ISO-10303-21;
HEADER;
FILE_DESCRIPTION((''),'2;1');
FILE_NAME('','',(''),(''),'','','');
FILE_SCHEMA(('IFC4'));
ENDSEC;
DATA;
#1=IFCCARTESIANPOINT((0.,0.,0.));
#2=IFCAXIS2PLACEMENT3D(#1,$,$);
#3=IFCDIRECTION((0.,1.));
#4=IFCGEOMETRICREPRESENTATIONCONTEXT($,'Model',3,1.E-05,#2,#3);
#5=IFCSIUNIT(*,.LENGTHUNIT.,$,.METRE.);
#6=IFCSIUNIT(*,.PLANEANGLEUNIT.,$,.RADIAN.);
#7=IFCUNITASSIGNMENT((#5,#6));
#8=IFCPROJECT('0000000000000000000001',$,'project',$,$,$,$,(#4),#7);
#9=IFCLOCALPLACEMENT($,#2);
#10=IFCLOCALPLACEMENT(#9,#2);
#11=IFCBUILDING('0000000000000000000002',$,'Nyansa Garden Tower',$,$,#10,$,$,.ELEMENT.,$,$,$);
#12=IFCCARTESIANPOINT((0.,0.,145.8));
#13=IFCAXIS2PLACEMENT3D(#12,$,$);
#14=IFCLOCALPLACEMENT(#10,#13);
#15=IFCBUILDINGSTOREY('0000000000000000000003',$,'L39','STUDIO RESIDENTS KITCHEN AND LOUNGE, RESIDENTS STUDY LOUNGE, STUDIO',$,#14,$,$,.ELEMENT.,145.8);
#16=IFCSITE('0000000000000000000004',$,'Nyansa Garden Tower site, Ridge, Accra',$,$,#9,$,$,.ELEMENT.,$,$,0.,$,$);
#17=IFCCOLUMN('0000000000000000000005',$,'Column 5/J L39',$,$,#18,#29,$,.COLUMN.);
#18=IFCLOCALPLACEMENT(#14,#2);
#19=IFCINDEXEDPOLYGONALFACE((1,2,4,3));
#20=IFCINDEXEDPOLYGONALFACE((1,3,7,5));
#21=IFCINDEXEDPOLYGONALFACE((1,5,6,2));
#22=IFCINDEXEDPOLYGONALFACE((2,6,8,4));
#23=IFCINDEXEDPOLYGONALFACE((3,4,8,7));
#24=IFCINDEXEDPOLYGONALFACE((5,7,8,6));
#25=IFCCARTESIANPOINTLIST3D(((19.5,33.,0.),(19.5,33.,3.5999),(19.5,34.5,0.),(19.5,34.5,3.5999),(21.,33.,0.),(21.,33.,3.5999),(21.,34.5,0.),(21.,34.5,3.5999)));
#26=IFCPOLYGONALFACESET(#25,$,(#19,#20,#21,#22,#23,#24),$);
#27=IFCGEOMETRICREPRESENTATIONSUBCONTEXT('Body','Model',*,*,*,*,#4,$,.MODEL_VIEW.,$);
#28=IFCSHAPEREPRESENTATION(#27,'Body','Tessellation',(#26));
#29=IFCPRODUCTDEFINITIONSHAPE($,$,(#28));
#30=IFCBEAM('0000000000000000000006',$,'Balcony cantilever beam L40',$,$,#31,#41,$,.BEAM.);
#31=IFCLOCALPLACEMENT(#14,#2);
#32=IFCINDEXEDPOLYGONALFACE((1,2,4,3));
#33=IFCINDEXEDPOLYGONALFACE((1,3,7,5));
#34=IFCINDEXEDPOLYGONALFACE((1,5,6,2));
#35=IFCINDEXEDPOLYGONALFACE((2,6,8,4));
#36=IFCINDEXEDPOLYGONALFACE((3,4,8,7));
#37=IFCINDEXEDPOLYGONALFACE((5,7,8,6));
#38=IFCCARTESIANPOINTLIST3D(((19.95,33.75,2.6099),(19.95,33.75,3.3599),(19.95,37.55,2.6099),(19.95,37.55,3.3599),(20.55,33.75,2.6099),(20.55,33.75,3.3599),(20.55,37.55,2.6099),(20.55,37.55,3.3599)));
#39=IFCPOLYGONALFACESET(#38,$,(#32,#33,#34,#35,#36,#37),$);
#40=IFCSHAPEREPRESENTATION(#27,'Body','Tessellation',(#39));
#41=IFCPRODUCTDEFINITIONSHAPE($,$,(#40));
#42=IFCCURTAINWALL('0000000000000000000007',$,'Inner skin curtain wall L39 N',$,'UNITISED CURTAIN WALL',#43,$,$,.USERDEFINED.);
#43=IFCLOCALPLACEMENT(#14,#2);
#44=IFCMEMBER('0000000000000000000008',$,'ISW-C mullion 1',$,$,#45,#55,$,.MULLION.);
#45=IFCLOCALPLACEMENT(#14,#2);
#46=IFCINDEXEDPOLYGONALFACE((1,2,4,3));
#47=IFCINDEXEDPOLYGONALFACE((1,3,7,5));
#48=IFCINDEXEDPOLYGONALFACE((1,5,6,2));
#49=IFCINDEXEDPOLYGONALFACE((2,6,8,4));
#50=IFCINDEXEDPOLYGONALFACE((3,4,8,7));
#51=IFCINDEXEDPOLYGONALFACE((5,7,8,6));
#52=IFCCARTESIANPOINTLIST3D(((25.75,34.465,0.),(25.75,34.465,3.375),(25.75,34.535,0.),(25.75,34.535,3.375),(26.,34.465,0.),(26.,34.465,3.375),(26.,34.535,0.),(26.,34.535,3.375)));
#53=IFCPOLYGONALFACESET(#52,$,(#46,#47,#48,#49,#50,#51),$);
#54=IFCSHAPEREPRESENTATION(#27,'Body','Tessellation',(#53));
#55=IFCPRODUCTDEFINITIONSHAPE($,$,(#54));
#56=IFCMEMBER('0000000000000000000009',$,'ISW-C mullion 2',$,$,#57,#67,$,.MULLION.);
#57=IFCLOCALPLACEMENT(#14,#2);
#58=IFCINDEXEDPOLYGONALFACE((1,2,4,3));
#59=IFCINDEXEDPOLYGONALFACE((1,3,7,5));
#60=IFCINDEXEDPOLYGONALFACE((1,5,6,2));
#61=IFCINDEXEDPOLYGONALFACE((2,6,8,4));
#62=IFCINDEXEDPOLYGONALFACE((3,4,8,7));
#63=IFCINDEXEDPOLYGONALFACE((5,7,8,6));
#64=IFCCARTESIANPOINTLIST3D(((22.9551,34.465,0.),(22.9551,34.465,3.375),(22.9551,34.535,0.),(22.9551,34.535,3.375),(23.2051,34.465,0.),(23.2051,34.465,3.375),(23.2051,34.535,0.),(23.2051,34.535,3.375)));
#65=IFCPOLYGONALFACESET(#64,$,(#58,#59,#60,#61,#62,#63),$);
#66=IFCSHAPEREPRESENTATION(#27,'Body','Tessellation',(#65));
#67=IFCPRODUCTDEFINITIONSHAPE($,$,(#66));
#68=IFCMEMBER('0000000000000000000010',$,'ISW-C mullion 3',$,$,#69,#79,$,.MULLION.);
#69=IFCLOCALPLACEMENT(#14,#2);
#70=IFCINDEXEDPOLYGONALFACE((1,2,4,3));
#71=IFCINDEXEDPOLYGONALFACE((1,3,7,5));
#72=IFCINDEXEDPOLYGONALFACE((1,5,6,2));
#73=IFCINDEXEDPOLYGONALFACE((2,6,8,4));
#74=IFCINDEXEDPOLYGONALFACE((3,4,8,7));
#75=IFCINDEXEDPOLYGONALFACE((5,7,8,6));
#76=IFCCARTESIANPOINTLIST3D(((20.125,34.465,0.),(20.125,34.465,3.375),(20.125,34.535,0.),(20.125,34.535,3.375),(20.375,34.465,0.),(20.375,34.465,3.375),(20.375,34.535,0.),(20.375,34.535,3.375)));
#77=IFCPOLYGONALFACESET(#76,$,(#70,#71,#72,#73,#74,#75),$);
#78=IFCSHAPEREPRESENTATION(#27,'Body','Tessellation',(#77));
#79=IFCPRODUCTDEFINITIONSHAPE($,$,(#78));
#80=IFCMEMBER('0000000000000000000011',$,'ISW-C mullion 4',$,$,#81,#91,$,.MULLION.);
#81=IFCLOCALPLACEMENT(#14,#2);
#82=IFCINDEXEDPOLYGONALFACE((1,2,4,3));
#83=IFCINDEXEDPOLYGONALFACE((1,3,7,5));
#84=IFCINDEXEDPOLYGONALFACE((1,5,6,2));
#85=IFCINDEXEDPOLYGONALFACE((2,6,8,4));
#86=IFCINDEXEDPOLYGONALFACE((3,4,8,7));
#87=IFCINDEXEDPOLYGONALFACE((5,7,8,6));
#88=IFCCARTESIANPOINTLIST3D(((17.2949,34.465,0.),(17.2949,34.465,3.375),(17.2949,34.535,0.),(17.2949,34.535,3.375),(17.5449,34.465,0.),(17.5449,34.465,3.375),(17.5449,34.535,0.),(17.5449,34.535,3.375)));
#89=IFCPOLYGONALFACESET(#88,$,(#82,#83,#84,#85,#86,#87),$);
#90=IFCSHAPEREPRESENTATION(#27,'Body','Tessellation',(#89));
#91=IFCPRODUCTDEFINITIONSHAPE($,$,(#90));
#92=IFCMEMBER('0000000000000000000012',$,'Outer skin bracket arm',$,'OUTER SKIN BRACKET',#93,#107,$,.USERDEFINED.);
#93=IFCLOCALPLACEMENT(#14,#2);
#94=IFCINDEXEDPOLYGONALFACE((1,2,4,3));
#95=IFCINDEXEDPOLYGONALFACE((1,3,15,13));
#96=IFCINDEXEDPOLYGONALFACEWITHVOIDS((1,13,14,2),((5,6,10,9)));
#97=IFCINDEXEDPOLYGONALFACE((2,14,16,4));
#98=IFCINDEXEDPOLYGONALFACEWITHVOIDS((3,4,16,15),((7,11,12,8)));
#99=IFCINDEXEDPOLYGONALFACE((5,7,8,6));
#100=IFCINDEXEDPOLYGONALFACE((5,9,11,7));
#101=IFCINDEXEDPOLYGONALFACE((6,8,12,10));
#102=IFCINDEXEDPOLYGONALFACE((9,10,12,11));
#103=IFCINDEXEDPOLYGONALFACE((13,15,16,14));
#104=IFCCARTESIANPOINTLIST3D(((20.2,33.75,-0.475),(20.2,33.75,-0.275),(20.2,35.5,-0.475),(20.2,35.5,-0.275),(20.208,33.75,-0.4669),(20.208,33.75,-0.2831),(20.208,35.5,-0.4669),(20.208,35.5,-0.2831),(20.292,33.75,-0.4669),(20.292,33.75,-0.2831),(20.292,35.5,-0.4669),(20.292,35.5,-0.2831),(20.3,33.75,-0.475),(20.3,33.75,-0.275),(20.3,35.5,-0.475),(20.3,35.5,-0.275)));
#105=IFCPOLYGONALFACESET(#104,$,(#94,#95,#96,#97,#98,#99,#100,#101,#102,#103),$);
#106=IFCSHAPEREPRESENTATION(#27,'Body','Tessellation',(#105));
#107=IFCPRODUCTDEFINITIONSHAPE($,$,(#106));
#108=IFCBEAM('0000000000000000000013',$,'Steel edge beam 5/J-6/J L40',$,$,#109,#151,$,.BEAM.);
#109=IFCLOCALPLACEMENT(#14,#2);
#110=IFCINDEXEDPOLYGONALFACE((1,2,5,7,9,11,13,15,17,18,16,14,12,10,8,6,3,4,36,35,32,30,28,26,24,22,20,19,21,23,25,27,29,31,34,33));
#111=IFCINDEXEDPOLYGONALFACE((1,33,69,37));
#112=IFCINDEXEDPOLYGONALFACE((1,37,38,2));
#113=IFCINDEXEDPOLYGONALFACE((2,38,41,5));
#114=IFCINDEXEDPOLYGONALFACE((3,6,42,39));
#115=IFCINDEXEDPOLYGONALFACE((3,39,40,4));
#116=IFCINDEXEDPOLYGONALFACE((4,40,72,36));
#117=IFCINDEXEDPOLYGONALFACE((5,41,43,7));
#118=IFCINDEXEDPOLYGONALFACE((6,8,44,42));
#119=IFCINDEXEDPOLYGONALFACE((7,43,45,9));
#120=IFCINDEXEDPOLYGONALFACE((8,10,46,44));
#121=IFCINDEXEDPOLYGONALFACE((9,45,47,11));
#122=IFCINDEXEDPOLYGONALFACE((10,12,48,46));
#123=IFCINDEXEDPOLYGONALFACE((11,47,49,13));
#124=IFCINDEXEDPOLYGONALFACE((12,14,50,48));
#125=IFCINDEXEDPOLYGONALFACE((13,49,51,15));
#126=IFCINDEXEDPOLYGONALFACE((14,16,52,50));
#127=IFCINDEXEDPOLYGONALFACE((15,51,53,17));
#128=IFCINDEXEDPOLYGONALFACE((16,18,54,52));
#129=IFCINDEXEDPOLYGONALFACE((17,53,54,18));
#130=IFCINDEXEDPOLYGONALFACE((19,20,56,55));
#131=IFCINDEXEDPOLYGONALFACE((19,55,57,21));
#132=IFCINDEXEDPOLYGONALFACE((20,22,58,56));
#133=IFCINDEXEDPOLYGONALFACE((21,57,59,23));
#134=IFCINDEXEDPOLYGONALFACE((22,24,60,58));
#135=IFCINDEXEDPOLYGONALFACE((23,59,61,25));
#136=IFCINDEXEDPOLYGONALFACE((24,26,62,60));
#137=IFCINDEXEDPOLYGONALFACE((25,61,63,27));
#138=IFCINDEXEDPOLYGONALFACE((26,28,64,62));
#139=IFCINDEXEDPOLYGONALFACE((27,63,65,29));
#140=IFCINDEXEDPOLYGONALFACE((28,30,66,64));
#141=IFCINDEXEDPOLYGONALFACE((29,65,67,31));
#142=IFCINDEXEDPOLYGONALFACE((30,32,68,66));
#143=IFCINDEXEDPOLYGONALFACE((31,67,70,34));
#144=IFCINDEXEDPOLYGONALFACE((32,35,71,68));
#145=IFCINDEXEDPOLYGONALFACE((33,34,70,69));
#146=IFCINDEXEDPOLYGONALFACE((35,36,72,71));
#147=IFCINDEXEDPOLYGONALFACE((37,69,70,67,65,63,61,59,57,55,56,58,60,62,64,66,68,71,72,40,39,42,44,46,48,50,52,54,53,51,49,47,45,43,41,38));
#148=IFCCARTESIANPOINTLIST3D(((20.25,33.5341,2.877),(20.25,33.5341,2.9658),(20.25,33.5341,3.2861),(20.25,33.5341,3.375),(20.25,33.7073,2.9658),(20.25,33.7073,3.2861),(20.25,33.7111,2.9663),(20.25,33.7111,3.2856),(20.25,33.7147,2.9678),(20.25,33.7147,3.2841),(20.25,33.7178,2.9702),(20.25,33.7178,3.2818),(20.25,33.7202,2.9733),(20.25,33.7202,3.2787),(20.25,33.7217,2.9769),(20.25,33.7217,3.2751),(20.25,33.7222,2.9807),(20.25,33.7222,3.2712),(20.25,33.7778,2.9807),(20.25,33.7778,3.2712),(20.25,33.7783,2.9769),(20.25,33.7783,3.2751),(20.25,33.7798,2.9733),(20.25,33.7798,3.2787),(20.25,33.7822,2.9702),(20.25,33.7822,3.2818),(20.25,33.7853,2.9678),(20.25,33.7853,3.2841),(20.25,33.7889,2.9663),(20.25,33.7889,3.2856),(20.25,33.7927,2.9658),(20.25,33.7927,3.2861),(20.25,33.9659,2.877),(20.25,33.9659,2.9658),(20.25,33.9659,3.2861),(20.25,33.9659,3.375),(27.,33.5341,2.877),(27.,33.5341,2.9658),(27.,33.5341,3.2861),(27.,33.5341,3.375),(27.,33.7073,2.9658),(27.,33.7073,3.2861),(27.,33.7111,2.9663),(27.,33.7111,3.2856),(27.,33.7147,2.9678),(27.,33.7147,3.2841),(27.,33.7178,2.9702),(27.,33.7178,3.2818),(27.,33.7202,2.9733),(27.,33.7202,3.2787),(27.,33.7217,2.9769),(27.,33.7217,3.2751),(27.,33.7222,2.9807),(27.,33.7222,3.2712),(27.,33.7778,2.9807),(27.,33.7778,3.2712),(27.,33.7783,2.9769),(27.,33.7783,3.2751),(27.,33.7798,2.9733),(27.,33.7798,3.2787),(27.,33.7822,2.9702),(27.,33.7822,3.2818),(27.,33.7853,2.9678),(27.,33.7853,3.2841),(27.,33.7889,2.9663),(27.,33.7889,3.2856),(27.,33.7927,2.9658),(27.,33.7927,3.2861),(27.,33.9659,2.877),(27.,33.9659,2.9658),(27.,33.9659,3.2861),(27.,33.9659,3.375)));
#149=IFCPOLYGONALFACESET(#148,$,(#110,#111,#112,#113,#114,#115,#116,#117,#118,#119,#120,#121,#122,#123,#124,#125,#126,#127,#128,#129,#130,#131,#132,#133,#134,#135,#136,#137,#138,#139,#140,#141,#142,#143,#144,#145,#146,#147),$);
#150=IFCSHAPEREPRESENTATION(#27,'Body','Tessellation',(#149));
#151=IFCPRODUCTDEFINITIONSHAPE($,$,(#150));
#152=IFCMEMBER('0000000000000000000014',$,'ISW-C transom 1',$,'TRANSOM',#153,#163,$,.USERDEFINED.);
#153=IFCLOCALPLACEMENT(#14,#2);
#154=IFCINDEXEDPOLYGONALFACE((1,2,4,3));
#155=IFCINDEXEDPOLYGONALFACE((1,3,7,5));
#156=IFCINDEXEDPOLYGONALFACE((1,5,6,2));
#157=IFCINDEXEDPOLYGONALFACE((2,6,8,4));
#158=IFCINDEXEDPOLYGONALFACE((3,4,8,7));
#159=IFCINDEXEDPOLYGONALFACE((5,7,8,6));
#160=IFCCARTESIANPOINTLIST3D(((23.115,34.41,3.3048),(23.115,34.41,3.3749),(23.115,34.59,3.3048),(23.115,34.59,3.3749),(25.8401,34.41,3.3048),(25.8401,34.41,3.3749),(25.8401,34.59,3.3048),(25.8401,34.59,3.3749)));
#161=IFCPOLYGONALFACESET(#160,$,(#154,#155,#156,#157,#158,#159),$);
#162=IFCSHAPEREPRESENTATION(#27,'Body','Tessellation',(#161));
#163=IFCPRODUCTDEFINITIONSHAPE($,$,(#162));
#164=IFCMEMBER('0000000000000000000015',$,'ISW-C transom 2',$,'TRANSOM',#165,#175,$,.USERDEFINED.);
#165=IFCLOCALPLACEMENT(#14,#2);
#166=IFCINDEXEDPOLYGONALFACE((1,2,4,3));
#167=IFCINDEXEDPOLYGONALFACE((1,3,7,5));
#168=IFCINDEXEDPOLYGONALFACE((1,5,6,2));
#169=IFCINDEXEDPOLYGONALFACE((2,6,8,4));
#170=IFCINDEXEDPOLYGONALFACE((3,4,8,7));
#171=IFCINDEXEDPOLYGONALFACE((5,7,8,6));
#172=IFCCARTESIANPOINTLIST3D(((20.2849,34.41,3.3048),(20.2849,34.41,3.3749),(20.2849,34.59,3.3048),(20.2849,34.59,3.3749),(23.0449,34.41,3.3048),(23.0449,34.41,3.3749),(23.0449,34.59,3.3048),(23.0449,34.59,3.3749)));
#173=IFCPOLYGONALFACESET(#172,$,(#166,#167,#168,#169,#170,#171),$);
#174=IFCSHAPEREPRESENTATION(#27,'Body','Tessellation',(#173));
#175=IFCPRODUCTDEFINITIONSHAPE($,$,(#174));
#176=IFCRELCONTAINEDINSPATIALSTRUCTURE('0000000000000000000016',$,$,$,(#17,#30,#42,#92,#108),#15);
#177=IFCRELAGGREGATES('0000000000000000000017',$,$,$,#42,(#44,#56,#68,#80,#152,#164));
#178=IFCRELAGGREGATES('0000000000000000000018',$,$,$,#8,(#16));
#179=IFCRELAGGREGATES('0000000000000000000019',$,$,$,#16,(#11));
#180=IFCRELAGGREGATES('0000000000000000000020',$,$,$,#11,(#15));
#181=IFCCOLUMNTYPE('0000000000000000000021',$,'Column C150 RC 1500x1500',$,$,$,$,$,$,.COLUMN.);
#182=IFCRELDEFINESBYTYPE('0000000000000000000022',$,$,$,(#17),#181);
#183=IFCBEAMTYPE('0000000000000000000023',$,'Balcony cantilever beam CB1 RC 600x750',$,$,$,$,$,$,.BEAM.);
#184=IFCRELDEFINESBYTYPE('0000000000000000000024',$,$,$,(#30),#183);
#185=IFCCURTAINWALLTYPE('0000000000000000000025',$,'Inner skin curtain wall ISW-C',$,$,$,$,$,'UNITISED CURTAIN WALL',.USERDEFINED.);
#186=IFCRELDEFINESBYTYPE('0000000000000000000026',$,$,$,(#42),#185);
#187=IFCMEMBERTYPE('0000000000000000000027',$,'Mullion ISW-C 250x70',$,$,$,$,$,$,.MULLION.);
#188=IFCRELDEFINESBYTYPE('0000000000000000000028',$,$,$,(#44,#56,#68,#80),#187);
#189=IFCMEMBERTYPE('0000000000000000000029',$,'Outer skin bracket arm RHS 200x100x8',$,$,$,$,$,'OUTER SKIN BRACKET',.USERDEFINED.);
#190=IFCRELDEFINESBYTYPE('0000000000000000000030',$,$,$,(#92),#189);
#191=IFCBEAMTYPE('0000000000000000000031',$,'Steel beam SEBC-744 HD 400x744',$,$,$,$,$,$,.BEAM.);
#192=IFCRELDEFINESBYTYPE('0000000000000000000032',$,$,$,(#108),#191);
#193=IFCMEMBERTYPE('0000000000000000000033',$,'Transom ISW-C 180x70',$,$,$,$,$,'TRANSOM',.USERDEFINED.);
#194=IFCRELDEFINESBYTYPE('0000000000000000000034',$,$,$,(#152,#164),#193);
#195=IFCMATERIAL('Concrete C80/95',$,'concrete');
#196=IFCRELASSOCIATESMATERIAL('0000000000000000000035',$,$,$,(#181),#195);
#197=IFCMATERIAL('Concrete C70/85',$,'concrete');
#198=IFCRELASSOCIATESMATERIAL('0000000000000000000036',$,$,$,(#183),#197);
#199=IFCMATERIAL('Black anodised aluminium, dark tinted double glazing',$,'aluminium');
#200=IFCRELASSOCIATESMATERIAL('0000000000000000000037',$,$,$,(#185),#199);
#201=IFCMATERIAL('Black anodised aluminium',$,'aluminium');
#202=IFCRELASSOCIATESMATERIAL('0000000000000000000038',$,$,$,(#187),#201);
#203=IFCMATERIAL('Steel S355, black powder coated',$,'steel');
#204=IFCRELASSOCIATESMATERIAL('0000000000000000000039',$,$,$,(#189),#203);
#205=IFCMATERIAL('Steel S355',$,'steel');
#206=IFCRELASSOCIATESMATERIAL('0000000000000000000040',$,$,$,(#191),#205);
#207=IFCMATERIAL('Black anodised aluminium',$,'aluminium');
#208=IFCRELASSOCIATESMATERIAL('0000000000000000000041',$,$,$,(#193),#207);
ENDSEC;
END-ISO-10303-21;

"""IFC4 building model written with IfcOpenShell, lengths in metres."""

from ifc_helpers import new_model, si_unit, direction, frame, origin, origin_2d, place, context, subcontext, project, spatial, rectangle, hollow_rectangle, i_section, extrude, material, material_profile, profile_set, type_object, element, aggregate, save


model = new_model("IFC4")

# Units and contexts
model_context = context("Model", 3, precision=1e-05, world=origin(), true_north=direction((0.0, 1.0)))
body_context = subcontext(model_context, "Body", "Model", "MODEL_VIEW")
ifc_project = project(units=[si_unit("LENGTHUNIT", "METRE"), si_unit("PLANEANGLEUNIT", "RADIAN")], contexts=[model_context])

# Site, building, storey
site_placement = place(None, origin())
site = spatial("IfcSite", under=ifc_project, at=site_placement, Name="Nyansa Garden Tower site, Ridge, Accra", CompositionType="ELEMENT", RefElevation=0.0)
building_placement = place(site_placement, origin())
building = spatial("IfcBuilding", under=site, at=building_placement, Name="Nyansa Garden Tower", CompositionType="ELEMENT")
storey_placement = place(building_placement, frame((0.0, 0.0, 145.8)))
storey = spatial("IfcBuildingStorey", under=building, at=storey_placement, Name="L39", Description="STUDIO RESIDENTS KITCHEN AND LOUNGE, RESIDENTS STUDY LOUNGE, STUDIO", CompositionType="ELEMENT", Elevation=145.8)

# Column
ifc_material_1 = material(Name="Concrete C80/95", Category="concrete")
ifc_material_profile_1 = material_profile(ifc_material_1, rectangle(XDim=1.5, YDim=1.5, at=origin_2d()), Name="RC 1500x1500")
ifc_profile_set_1 = profile_set([ifc_material_profile_1], Name="Concrete C80/95")
column_type = type_object("IfcColumnType", Name="Column C150 RC 1500x1500", PredefinedType="COLUMN", material=ifc_profile_set_1)
column_placement = place(storey_placement, frame((20.25, 33.75, 0.0), z_axis=(0.0, 0.0, 1.0), x_axis=(1.0, 0.0, 0.0)))
element("IfcColumn", 1, at=column_placement, inside=storey, type_object=column_type, Name="Column 5/J L39", PredefinedType="COLUMN", context=body_context, shape_type="SweptSolid", body=[
    extrude(rectangle(XDim=1.5, YDim=1.5, at=origin_2d()), origin(), (0.0, 0.0, 1.0), 3.5999),
])

# Beam
ifc_material_2 = material(Name="Concrete C70/85", Category="concrete")
ifc_material_profile_2 = material_profile(ifc_material_2, rectangle(XDim=0.6001, YDim=0.75, at=origin_2d()), Name="RC 600x750")
ifc_profile_set_2 = profile_set([ifc_material_profile_2], Name="Concrete C70/85")
beam_type_1 = type_object("IfcBeamType", Name="Balcony cantilever beam CB1 RC 600x750", PredefinedType="BEAM", material=ifc_profile_set_2)
beam_1_placement = place(storey_placement, frame((20.25, 33.75, 2.9849), z_axis=(0.0, 1.0, 0.0), x_axis=(-1.0, 0.0, 0.0)))
element("IfcBeam", 2, at=beam_1_placement, inside=storey, type_object=beam_type_1, Name="Balcony cantilever beam L40", PredefinedType="BEAM", context=body_context, shape_type="SweptSolid", body=[
    extrude(rectangle(XDim=0.6001, YDim=0.75, at=origin_2d()), origin(), (0.0, 0.0, 1.0), 3.8),
])

# Curtain wall, members
ifc_material_3 = material(Name="Black anodised aluminium, dark tinted double glazing", Category="aluminium")
curtain_wall_type = type_object("IfcCurtainWallType", Name="Inner skin curtain wall ISW-C", ElementType="UNITISED CURTAIN WALL", PredefinedType="USERDEFINED", material=ifc_material_3)
curtain_wall_placement = place(storey_placement, origin())
curtain_wall = element("IfcCurtainWall", 3, at=curtain_wall_placement, inside=storey, type_object=curtain_wall_type, Name="Inner skin curtain wall L39 N", ObjectType="UNITISED CURTAIN WALL", PredefinedType="USERDEFINED")
ifc_material_4 = material(Name="Black anodised aluminium", Category="aluminium")
ifc_material_profile_3 = material_profile(ifc_material_4, rectangle(XDim=0.0701, YDim=0.25, at=origin_2d()), Name="Mullion 250x70")
ifc_profile_set_3 = profile_set([ifc_material_profile_3], Name="Black anodised aluminium")
member_type_1 = type_object("IfcMemberType", Name="Mullion ISW-C 250x70", PredefinedType="MULLION", material=ifc_profile_set_3)
member_1_placement = place(storey_placement, frame((25.875, 34.5, 0.0), z_axis=(0.0, 0.0, 1.0), x_axis=(0.0, -1.0, 0.0)))
member_1 = element("IfcMember", 4, at=member_1_placement, type_object=member_type_1, Name="ISW-C mullion 1", PredefinedType="MULLION", context=body_context, shape_type="SweptSolid", body=[
    extrude(rectangle(XDim=0.0701, YDim=0.25, at=origin_2d()), origin(), (0.0, 0.0, 1.0), 3.375),
])
member_2_placement = place(storey_placement, frame((23.0801, 34.5, 0.0), z_axis=(0.0, 0.0, 1.0), x_axis=(0.0, -1.0, 0.0)))
member_2 = element("IfcMember", 5, at=member_2_placement, type_object=member_type_1, Name="ISW-C mullion 2", PredefinedType="MULLION", context=body_context, shape_type="SweptSolid", body=[
    extrude(rectangle(XDim=0.0701, YDim=0.25, at=origin_2d()), origin(), (0.0, 0.0, 1.0), 3.375),
])
member_3_placement = place(storey_placement, frame((20.25, 34.5, 0.0), z_axis=(0.0, 0.0, 1.0), x_axis=(0.0, -1.0, 0.0)))
member_3 = element("IfcMember", 6, at=member_3_placement, type_object=member_type_1, Name="ISW-C mullion 3", PredefinedType="MULLION", context=body_context, shape_type="SweptSolid", body=[
    extrude(rectangle(XDim=0.0701, YDim=0.25, at=origin_2d()), origin(), (0.0, 0.0, 1.0), 3.375),
])
member_4_placement = place(storey_placement, frame((17.4199, 34.5, 0.0), z_axis=(0.0, 0.0, 1.0), x_axis=(0.0, -1.0, 0.0)))
member_4 = element("IfcMember", 7, at=member_4_placement, type_object=member_type_1, Name="ISW-C mullion 4", PredefinedType="MULLION", context=body_context, shape_type="SweptSolid", body=[
    extrude(rectangle(XDim=0.0701, YDim=0.25, at=origin_2d()), origin(), (0.0, 0.0, 1.0), 3.375),
])

# Member
ifc_material_5 = material(Name="Steel S355, black powder coated", Category="steel")
ifc_material_profile_4 = material_profile(ifc_material_5, hollow_rectangle(XDim=0.1001, YDim=0.2, WallThickness=0.0081, at=origin_2d()), Name="RHS 200x100x8")
ifc_profile_set_4 = profile_set([ifc_material_profile_4], Name="Steel S355, black powder coated")
member_type_2 = type_object("IfcMemberType", Name="Outer skin bracket arm RHS 200x100x8", ElementType="OUTER SKIN BRACKET", PredefinedType="USERDEFINED", material=ifc_profile_set_4)
member_5_placement = place(storey_placement, frame((20.25, 33.75, -0.375), z_axis=(0.0, 1.0, 0.0), x_axis=(-1.0, 0.0, 0.0)))
element("IfcMember", 8, at=member_5_placement, inside=storey, type_object=member_type_2, Name="Outer skin bracket arm", ObjectType="OUTER SKIN BRACKET", PredefinedType="USERDEFINED", context=body_context, shape_type="SweptSolid", body=[
    extrude(hollow_rectangle(XDim=0.1001, YDim=0.2, WallThickness=0.0081, at=origin_2d()), origin(), (0.0, 0.0, 1.0), 1.75),
])

# Beam
ifc_material_6 = material(Name="Steel S355", Category="steel")
ifc_material_profile_5 = material_profile(ifc_material_6, i_section(OverallWidth=0.4319, OverallDepth=0.498, WebThickness=0.0557, FlangeThickness=0.0889, FilletRadius=0.0149, at=origin_2d()), Name="HD 400x744")
ifc_profile_set_5 = profile_set([ifc_material_profile_5], Name="Steel S355")
beam_type_2 = type_object("IfcBeamType", Name="Steel beam SEBC-744 HD 400x744", PredefinedType="BEAM", material=ifc_profile_set_5)
beam_2_placement = place(storey_placement, frame((20.25, 33.75, 3.126), z_axis=(1.0, 0.0, 0.0), x_axis=(0.0, 1.0, 0.0)))
element("IfcBeam", 9, at=beam_2_placement, inside=storey, type_object=beam_type_2, Name="Steel edge beam 5/J-6/J L40", PredefinedType="BEAM", context=body_context, shape_type="SweptSolid", body=[
    extrude(i_section(OverallWidth=0.4319, OverallDepth=0.498, WebThickness=0.0557, FlangeThickness=0.0889, FilletRadius=0.0149, at=origin_2d()), origin(), (0.0, 0.0, 1.0), 6.75),
])

# Members
ifc_material_7 = material(Name="Black anodised aluminium", Category="aluminium")
ifc_material_profile_6 = material_profile(ifc_material_7, rectangle(XDim=0.1799, YDim=0.0701, at=origin_2d()), Name="Transom 180x70")
ifc_profile_set_6 = profile_set([ifc_material_profile_6], Name="Black anodised aluminium")
member_type_3 = type_object("IfcMemberType", Name="Transom ISW-C 180x70", ElementType="TRANSOM", PredefinedType="USERDEFINED", material=ifc_profile_set_6)
member_6_placement = place(storey_placement, frame((25.8401, 34.5, 3.3398), z_axis=(-1.0, 0.0, 0.0), x_axis=(0.0, -1.0, 0.0)))
member_6 = element("IfcMember", 10, at=member_6_placement, type_object=member_type_3, Name="ISW-C transom 1", ObjectType="TRANSOM", PredefinedType="USERDEFINED", context=body_context, shape_type="SweptSolid", body=[
    extrude(rectangle(XDim=0.1799, YDim=0.0701, at=origin_2d()), origin(), (0.0, 0.0, 1.0), 2.7251),
])
member_7_placement = place(storey_placement, frame((23.0449, 34.5, 3.3398), z_axis=(-1.0, 0.0, 0.0), x_axis=(0.0, -1.0, 0.0)))
member_7 = element("IfcMember", 11, at=member_7_placement, type_object=member_type_3, Name="ISW-C transom 2", ObjectType="TRANSOM", PredefinedType="USERDEFINED", context=body_context, shape_type="SweptSolid", body=[
    extrude(rectangle(XDim=0.1799, YDim=0.0701, at=origin_2d()), origin(), (0.0, 0.0, 1.0), 2.76),
])

aggregate(curtain_wall, [member_1, member_2, member_3, member_4, member_6, member_7])

save(model, "model.ifc")
